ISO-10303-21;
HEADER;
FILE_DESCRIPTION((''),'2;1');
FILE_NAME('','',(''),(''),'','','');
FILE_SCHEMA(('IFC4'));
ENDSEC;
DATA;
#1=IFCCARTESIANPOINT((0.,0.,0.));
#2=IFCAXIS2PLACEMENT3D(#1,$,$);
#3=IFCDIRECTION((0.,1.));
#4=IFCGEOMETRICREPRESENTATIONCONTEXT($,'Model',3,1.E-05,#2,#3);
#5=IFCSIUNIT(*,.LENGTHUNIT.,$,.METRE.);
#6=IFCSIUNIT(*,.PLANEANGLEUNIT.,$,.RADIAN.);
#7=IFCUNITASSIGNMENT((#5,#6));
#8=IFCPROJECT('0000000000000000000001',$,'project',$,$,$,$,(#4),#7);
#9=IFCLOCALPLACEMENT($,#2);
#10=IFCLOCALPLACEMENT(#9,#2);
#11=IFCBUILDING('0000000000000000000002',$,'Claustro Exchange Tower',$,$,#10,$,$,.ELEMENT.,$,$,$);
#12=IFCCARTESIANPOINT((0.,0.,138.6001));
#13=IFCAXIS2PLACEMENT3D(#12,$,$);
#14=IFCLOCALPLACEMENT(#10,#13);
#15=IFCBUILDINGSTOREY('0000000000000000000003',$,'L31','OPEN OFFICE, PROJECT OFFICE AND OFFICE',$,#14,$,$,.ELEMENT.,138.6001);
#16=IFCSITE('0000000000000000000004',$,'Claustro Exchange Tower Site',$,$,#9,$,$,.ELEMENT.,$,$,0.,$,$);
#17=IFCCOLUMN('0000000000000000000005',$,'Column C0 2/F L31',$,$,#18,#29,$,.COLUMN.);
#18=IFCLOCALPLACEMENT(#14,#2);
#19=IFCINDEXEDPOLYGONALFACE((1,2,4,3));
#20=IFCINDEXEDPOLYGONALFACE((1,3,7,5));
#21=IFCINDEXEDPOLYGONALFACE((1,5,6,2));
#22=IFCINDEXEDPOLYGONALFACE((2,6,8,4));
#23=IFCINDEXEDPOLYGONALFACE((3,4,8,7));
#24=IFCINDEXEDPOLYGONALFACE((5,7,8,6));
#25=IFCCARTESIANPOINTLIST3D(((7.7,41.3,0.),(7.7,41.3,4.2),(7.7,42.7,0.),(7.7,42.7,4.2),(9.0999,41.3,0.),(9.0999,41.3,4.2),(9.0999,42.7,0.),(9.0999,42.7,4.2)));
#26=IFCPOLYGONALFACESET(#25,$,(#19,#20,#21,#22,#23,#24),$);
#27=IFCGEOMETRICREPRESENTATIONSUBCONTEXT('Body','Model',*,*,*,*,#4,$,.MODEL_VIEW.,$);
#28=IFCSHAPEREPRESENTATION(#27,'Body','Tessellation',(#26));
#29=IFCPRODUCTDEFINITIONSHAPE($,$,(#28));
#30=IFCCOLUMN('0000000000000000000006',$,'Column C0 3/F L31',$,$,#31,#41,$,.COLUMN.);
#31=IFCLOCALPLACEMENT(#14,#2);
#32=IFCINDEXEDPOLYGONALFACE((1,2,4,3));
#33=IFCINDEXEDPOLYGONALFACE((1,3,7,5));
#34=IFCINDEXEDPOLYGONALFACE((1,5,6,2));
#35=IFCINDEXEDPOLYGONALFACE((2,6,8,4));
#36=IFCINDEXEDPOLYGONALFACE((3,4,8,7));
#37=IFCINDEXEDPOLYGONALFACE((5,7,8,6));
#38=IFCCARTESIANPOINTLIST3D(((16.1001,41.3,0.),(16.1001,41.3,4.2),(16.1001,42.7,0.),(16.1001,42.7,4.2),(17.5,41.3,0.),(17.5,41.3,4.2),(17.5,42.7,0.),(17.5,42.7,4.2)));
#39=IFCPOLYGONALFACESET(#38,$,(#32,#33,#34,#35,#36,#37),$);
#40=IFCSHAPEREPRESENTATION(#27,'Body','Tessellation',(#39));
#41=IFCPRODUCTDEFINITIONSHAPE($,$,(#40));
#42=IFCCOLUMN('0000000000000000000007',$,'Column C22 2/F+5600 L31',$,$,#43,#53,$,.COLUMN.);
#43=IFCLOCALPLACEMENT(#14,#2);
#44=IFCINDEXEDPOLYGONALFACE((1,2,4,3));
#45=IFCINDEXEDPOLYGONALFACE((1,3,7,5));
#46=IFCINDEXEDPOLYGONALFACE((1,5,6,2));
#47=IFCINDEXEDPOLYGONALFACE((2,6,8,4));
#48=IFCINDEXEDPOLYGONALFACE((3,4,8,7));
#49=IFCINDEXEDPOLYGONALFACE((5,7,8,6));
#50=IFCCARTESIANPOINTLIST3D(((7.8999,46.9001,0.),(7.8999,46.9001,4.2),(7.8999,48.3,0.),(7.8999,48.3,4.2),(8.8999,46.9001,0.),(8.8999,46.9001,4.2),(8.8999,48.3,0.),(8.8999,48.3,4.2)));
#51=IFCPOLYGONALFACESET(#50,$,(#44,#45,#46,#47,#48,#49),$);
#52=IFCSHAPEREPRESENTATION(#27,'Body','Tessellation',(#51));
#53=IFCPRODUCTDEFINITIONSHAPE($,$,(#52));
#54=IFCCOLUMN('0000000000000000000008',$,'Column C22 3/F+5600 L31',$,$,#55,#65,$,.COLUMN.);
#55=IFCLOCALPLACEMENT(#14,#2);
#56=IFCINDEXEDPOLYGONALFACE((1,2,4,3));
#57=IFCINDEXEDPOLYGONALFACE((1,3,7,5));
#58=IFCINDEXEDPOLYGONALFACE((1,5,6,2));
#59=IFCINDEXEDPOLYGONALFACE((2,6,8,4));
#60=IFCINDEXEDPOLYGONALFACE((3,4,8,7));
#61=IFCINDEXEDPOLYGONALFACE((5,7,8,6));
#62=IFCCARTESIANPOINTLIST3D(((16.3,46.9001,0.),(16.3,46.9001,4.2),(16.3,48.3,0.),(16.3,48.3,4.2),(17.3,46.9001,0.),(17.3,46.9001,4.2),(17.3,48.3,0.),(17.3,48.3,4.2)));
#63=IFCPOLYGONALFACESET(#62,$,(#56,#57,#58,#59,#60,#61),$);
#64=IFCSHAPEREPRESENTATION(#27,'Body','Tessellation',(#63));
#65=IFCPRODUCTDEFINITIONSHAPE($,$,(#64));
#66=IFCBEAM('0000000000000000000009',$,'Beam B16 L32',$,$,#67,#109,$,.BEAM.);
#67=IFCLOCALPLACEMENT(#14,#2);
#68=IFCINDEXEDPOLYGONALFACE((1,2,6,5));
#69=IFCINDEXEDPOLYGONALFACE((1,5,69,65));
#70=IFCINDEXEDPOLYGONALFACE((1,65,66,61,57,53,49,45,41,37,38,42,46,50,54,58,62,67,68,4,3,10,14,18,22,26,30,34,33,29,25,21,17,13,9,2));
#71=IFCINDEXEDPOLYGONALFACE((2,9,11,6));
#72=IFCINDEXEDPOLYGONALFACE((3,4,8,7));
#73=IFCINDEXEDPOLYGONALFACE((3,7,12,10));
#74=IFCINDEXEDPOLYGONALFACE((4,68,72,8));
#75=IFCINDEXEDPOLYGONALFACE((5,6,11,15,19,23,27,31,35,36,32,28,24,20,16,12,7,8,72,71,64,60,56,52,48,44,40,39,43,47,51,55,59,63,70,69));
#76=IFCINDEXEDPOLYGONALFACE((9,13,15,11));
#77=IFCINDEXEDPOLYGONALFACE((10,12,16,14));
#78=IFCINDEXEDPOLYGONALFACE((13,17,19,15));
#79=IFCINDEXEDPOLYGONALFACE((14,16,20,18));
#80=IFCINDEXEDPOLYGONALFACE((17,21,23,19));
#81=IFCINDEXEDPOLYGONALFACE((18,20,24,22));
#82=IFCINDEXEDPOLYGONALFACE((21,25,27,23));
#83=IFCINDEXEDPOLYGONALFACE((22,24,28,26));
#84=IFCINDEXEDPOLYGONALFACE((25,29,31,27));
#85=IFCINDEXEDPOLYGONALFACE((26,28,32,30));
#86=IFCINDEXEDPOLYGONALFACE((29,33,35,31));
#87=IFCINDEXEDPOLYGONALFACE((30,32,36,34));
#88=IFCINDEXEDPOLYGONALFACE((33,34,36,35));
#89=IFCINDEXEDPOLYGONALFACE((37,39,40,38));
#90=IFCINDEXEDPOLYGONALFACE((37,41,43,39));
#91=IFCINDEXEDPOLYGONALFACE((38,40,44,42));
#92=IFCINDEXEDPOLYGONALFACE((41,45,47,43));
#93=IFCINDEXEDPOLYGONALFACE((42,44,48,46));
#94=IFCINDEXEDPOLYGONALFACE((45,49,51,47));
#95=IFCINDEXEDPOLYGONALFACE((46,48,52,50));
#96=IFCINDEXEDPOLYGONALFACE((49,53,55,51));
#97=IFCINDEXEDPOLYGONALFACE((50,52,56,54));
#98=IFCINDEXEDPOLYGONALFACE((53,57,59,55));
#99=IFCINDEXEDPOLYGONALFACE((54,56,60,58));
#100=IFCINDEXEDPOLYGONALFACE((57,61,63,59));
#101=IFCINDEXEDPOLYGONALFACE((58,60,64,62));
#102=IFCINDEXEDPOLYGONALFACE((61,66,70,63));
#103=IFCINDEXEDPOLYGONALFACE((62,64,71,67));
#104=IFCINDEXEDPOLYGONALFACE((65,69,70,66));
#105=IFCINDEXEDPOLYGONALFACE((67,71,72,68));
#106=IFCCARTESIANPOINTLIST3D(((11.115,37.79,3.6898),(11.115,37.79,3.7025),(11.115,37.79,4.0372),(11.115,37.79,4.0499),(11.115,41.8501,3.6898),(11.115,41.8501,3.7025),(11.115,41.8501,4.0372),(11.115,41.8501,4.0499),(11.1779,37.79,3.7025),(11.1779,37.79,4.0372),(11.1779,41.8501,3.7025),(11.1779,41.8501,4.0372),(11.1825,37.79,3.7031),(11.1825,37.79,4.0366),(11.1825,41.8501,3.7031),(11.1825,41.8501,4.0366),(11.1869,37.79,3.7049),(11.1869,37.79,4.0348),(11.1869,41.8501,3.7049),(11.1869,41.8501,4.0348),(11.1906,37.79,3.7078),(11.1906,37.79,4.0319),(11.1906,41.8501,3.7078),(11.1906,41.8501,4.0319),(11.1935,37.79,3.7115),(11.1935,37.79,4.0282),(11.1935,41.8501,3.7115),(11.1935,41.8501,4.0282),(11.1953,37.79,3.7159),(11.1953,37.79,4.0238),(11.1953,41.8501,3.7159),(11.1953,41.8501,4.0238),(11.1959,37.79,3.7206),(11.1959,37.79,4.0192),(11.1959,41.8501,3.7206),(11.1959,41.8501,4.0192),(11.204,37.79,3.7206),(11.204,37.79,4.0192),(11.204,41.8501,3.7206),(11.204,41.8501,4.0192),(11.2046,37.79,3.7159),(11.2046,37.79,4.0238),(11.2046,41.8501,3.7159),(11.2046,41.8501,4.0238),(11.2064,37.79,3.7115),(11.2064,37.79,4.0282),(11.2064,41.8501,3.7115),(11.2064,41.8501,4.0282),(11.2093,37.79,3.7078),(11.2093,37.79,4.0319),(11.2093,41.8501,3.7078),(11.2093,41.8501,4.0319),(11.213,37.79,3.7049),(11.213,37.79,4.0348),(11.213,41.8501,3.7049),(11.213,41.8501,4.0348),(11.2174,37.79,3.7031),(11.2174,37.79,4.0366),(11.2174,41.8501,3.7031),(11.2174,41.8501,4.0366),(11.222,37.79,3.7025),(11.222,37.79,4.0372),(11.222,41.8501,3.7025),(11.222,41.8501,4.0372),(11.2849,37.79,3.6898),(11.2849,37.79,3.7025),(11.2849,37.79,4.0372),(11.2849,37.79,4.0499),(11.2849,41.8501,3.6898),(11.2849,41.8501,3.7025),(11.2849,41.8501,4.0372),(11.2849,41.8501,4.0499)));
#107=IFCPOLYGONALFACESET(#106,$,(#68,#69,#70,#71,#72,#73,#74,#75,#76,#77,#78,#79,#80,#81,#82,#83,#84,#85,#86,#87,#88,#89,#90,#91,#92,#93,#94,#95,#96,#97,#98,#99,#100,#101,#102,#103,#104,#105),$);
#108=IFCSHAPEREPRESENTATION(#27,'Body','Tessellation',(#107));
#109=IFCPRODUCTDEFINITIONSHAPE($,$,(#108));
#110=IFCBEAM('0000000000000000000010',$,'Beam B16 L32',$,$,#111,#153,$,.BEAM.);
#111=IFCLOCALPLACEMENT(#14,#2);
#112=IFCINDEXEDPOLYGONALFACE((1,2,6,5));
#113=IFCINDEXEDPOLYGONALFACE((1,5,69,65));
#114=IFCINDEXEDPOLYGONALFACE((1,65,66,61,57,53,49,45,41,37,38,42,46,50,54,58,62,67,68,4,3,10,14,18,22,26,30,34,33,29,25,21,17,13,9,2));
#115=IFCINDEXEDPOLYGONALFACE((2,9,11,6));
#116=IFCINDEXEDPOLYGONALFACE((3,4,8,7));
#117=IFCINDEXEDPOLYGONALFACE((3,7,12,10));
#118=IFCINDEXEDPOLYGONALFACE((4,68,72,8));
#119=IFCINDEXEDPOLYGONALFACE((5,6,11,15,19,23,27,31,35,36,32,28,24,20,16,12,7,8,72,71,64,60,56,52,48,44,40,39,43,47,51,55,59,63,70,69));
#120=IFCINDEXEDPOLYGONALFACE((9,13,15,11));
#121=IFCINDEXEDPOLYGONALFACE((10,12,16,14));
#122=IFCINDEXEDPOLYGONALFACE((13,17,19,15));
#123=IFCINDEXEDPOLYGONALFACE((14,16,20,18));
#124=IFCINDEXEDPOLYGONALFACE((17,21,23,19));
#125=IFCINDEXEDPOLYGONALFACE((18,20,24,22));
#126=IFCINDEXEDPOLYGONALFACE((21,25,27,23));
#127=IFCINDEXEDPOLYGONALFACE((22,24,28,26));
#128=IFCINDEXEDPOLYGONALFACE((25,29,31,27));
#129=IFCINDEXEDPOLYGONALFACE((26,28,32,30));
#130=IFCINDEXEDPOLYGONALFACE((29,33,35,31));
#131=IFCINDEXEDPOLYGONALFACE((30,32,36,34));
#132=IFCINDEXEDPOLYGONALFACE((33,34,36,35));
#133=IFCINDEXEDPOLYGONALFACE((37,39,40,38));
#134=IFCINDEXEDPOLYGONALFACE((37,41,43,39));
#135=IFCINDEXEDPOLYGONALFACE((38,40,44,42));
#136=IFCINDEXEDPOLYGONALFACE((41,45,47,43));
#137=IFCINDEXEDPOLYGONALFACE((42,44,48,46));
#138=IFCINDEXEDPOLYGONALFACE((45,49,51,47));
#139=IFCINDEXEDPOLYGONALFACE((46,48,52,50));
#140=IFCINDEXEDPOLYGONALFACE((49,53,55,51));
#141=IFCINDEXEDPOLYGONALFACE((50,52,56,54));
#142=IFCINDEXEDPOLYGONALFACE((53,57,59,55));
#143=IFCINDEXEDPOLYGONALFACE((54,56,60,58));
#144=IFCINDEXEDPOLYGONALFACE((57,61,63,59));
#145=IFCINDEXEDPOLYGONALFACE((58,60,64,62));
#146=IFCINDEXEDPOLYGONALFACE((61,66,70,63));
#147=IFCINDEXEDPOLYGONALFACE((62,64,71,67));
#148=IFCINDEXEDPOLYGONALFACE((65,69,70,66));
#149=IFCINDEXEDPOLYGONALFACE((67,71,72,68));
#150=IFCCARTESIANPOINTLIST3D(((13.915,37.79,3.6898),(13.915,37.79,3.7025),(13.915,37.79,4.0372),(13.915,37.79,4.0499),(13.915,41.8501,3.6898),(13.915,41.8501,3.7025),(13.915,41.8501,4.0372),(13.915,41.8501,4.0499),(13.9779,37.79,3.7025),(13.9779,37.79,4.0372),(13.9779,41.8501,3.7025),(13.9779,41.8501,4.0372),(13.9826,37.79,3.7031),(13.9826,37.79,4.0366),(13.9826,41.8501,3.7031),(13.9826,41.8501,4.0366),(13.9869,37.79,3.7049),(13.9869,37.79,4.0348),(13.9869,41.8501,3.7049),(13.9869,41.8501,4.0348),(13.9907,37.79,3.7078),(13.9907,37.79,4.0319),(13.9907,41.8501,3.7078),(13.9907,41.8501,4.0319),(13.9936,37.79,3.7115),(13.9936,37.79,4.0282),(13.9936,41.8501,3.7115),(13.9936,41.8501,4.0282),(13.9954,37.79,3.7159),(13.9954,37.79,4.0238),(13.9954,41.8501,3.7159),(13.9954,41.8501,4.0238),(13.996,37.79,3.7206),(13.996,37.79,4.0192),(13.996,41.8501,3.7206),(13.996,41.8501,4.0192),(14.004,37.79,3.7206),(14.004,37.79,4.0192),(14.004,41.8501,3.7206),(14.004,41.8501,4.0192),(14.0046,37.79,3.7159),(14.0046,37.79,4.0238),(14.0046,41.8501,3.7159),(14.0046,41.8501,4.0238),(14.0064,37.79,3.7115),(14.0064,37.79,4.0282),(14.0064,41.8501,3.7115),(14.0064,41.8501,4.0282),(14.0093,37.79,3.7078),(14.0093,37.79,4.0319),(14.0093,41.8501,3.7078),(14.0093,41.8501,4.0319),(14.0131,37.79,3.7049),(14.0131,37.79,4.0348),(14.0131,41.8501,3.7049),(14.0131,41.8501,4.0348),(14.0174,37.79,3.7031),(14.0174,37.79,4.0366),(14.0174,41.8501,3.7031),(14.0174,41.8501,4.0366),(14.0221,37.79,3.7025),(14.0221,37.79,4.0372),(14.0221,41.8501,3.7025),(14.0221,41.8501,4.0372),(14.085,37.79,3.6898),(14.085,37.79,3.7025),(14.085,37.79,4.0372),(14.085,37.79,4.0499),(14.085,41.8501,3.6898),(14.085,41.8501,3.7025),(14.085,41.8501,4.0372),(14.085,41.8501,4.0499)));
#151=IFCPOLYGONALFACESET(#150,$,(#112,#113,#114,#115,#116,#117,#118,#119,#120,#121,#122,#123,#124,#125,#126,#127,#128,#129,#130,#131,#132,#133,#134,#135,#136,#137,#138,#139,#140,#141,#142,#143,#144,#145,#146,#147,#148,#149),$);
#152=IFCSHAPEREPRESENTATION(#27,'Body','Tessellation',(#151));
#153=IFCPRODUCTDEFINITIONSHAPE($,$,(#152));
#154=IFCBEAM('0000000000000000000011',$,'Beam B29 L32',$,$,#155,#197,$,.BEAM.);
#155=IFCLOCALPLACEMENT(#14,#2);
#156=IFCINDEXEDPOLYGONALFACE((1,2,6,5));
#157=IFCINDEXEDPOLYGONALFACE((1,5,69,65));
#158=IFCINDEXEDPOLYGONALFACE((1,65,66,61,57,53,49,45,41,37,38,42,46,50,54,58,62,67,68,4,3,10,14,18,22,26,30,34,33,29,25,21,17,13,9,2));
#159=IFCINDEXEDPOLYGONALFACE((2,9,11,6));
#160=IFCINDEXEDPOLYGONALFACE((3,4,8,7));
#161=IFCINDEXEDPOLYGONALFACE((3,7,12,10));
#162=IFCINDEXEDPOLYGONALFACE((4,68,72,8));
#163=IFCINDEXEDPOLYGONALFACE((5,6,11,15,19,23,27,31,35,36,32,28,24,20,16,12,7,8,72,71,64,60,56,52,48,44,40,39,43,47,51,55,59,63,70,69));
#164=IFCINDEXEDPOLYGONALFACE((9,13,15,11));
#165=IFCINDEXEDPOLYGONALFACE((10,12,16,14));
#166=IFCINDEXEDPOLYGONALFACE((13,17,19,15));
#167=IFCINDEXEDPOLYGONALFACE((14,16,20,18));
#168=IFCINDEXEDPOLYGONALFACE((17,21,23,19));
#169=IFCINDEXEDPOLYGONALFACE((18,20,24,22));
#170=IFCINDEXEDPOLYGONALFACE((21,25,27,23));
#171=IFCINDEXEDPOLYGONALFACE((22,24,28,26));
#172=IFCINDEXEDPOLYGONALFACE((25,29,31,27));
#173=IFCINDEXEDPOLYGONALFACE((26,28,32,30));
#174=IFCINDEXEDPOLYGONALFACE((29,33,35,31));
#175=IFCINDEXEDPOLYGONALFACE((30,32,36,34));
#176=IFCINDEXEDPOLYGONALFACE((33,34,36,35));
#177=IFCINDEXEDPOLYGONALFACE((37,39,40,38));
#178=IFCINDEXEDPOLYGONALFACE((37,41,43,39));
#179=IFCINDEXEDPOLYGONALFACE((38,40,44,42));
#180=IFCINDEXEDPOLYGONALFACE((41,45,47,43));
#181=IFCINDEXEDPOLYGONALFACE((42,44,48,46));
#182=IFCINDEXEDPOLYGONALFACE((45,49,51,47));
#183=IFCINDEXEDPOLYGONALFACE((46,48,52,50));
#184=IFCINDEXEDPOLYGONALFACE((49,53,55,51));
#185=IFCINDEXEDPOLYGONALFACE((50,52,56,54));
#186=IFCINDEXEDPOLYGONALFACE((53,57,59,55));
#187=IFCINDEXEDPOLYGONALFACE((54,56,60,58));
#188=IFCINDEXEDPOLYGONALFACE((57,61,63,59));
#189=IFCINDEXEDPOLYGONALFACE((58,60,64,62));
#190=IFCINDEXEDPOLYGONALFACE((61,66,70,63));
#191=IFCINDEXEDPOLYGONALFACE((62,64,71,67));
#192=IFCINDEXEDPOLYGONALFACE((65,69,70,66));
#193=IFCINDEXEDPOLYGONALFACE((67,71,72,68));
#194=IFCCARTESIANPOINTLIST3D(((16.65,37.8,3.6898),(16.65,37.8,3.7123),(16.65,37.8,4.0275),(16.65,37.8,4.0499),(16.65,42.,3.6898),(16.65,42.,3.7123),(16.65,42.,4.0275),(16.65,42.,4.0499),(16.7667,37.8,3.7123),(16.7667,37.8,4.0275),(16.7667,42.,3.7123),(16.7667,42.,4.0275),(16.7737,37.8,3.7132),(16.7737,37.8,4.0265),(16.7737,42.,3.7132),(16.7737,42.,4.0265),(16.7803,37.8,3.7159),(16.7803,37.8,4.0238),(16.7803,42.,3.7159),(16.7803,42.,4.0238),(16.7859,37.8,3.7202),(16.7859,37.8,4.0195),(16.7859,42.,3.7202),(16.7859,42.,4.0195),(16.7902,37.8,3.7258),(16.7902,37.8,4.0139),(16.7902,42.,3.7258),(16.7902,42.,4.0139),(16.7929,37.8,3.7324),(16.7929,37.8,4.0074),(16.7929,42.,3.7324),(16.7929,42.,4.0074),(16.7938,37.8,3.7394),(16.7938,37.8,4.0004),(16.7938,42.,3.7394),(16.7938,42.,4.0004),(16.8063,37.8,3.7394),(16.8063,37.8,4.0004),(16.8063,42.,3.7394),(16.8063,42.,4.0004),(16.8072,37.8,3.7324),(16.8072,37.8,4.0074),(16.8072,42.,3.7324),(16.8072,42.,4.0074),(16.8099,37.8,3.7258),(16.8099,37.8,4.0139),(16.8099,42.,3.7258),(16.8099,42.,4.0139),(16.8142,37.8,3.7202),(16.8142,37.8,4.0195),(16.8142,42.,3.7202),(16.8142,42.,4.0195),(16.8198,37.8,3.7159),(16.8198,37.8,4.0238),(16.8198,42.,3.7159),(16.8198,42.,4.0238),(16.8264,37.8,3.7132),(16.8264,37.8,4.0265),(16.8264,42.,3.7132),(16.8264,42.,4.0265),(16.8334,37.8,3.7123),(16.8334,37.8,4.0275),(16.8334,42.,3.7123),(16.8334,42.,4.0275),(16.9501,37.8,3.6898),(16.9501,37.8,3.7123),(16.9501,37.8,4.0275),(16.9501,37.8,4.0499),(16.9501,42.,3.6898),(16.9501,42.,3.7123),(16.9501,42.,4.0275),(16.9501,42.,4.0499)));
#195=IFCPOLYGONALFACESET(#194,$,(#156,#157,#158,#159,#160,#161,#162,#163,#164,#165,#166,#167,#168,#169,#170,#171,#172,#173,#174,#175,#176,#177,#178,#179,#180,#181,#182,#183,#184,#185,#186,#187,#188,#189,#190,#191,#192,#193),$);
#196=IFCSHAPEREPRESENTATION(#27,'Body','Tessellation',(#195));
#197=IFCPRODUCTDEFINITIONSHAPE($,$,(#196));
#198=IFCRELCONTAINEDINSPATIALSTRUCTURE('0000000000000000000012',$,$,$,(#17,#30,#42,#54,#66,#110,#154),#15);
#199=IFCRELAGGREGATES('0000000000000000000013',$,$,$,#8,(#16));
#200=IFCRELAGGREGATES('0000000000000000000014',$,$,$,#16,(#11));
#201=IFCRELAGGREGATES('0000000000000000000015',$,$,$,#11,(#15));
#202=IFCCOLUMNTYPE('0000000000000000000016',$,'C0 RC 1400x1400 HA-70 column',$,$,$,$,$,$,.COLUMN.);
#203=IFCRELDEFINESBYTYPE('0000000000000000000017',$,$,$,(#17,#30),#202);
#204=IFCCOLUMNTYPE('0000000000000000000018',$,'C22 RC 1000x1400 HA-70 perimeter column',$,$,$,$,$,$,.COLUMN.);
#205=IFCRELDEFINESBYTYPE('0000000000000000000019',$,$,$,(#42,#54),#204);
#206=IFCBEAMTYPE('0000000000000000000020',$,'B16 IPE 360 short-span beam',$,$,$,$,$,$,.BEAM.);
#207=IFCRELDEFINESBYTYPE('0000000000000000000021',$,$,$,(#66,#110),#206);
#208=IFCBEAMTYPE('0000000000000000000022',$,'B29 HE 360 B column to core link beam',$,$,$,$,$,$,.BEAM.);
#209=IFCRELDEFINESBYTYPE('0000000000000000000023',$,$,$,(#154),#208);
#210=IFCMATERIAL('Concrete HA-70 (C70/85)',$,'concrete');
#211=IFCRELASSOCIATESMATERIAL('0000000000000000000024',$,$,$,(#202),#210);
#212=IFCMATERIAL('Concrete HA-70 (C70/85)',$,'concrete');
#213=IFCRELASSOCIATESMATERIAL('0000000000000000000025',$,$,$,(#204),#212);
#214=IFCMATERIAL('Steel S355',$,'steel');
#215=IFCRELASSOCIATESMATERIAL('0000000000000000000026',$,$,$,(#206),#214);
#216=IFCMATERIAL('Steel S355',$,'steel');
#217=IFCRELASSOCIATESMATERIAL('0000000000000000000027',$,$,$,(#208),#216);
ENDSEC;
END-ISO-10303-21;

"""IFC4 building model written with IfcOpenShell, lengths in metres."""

from ifc_helpers import new_model, si_unit, direction, frame, origin, origin_2d, place, context, subcontext, project, spatial, rectangle, i_section, extrude, material, material_profile, profile_set, type_object, element, save


model = new_model("IFC4")

# Units and contexts
model_context = context("Model", 3, precision=1e-05, world=origin(), true_north=direction((0.0, 1.0)))
body_context = subcontext(model_context, "Body", "Model", "MODEL_VIEW")
ifc_project = project(units=[si_unit("LENGTHUNIT", "METRE"), si_unit("PLANEANGLEUNIT", "RADIAN")], contexts=[model_context])

# Site, building, storey
site_placement = place(None, origin())
site = spatial("IfcSite", under=ifc_project, at=site_placement, Name="Claustro Exchange Tower Site", CompositionType="ELEMENT", RefElevation=0.0)
building_placement = place(site_placement, origin())
building = spatial("IfcBuilding", under=site, at=building_placement, Name="Claustro Exchange Tower", CompositionType="ELEMENT")
storey_placement = place(building_placement, frame((0.0, 0.0, 138.6001)))
storey = spatial("IfcBuildingStorey", under=building, at=storey_placement, Name="L31", Description="OPEN OFFICE, PROJECT OFFICE AND OFFICE", CompositionType="ELEMENT", Elevation=138.6001)

# Columns
ifc_material_1 = material(Name="Concrete HA-70 (C70/85)", Category="concrete")
ifc_material_profile_1 = material_profile(ifc_material_1, rectangle(XDim=1.3999, YDim=1.3999, at=origin_2d()), Name="RC 1400x1400")
ifc_profile_set_1 = profile_set([ifc_material_profile_1], Name="Concrete HA-70 (C70/85)")
column_type_1 = type_object("IfcColumnType", Name="C0 RC 1400x1400 HA-70 column", PredefinedType="COLUMN", material=ifc_profile_set_1)
for number, where, z_axis, x_axis, name in (
    (1, (8.3999, 42.0, 0.0), (0.0, 0.0, 1.0), (1.0, 0.0, 0.0), "Column C0 2/F L31"),
    (2, (16.8, 42.0, 0.0), (0.0, 0.0, 1.0), (1.0, 0.0, 0.0), "Column C0 3/F L31"),
):
    element("IfcColumn", number, at=place(storey_placement, frame(where, z_axis=z_axis, x_axis=x_axis)), inside=storey, type_object=column_type_1, Name=name, PredefinedType="COLUMN", context=body_context, shape_type="SweptSolid", body=[
        extrude(rectangle(XDim=1.3999, YDim=1.3999, at=origin_2d()), origin(), (0.0, 0.0, 1.0), 4.2),
    ])
ifc_material_2 = material(Name="Concrete HA-70 (C70/85)", Category="concrete")
ifc_material_profile_2 = material_profile(ifc_material_2, rectangle(XDim=1.0, YDim=1.3999, at=origin_2d()), Name="RC 1000x1400")
ifc_profile_set_2 = profile_set([ifc_material_profile_2], Name="Concrete HA-70 (C70/85)")
column_type_2 = type_object("IfcColumnType", Name="C22 RC 1000x1400 HA-70 perimeter column", PredefinedType="COLUMN", material=ifc_profile_set_2)
for number, where, z_axis, x_axis, name in (
    (3, (8.3999, 47.6001, 0.0), (0.0, 0.0, 1.0), (1.0, 0.0, 0.0), "Column C22 2/F+5600 L31"),
    (4, (16.8, 47.6001, 0.0), (0.0, 0.0, 1.0), (1.0, 0.0, 0.0), "Column C22 3/F+5600 L31"),
):
    element("IfcColumn", number, at=place(storey_placement, frame(where, z_axis=z_axis, x_axis=x_axis)), inside=storey, type_object=column_type_2, Name=name, PredefinedType="COLUMN", context=body_context, shape_type="SweptSolid", body=[
        extrude(rectangle(XDim=1.0, YDim=1.3999, at=origin_2d()), origin(), (0.0, 0.0, 1.0), 4.2),
    ])

# Beams
ifc_material_3 = material(Name="Steel S355", Category="steel")
ifc_material_profile_3 = material_profile(ifc_material_3, i_section(OverallWidth=0.1699, OverallDepth=0.3601, WebThickness=0.0081, FlangeThickness=0.0127, FilletRadius=0.0181, at=origin_2d()), Name="IPE 360")
ifc_profile_set_3 = profile_set([ifc_material_profile_3], Name="Steel S355")
beam_type_1 = type_object("IfcBeamType", Name="B16 IPE 360 short-span beam", PredefinedType="BEAM", material=ifc_profile_set_3)
for number, where, z_axis, x_axis, name in (
    (5, (11.2, 37.79, 3.8699), (0.0, 1.0, 0.0), (-1.0, 0.0, 0.0), "Beam B16 L32"),
    (6, (14.0, 37.79, 3.8699), (0.0, 1.0, 0.0), (-1.0, 0.0, 0.0), "Beam B16 L32"),
):
    element("IfcBeam", number, at=place(storey_placement, frame(where, z_axis=z_axis, x_axis=x_axis)), inside=storey, type_object=beam_type_1, Name=name, PredefinedType="BEAM", context=body_context, shape_type="SweptSolid", body=[
        extrude(i_section(OverallWidth=0.1699, OverallDepth=0.3601, WebThickness=0.0081, FlangeThickness=0.0127, FilletRadius=0.0181, at=origin_2d()), origin(), (0.0, 0.0, 1.0), 4.0601),
    ])
ifc_material_4 = material(Name="Steel S355", Category="steel")
ifc_material_profile_4 = material_profile(ifc_material_4, i_section(OverallWidth=0.3, OverallDepth=0.3601, WebThickness=0.0125, FlangeThickness=0.0225, FilletRadius=0.0271, at=origin_2d()), Name="HE 360 B")
ifc_profile_set_4 = profile_set([ifc_material_profile_4], Name="Steel S355")
beam_type_2 = type_object("IfcBeamType", Name="B29 HE 360 B column to core link beam", PredefinedType="BEAM", material=ifc_profile_set_4)
beam_1_placement = place(storey_placement, frame((16.8, 37.8, 3.8699), z_axis=(0.0, 1.0, 0.0), x_axis=(-1.0, 0.0, 0.0)))
element("IfcBeam", 7, at=beam_1_placement, inside=storey, type_object=beam_type_2, Name="Beam B29 L32", PredefinedType="BEAM", context=body_context, shape_type="SweptSolid", body=[
    extrude(i_section(OverallWidth=0.3, OverallDepth=0.3601, WebThickness=0.0125, FlangeThickness=0.0225, FilletRadius=0.0271, at=origin_2d()), origin(), (0.0, 0.0, 1.0), 4.2),
])

save(model, "model.ifc")
